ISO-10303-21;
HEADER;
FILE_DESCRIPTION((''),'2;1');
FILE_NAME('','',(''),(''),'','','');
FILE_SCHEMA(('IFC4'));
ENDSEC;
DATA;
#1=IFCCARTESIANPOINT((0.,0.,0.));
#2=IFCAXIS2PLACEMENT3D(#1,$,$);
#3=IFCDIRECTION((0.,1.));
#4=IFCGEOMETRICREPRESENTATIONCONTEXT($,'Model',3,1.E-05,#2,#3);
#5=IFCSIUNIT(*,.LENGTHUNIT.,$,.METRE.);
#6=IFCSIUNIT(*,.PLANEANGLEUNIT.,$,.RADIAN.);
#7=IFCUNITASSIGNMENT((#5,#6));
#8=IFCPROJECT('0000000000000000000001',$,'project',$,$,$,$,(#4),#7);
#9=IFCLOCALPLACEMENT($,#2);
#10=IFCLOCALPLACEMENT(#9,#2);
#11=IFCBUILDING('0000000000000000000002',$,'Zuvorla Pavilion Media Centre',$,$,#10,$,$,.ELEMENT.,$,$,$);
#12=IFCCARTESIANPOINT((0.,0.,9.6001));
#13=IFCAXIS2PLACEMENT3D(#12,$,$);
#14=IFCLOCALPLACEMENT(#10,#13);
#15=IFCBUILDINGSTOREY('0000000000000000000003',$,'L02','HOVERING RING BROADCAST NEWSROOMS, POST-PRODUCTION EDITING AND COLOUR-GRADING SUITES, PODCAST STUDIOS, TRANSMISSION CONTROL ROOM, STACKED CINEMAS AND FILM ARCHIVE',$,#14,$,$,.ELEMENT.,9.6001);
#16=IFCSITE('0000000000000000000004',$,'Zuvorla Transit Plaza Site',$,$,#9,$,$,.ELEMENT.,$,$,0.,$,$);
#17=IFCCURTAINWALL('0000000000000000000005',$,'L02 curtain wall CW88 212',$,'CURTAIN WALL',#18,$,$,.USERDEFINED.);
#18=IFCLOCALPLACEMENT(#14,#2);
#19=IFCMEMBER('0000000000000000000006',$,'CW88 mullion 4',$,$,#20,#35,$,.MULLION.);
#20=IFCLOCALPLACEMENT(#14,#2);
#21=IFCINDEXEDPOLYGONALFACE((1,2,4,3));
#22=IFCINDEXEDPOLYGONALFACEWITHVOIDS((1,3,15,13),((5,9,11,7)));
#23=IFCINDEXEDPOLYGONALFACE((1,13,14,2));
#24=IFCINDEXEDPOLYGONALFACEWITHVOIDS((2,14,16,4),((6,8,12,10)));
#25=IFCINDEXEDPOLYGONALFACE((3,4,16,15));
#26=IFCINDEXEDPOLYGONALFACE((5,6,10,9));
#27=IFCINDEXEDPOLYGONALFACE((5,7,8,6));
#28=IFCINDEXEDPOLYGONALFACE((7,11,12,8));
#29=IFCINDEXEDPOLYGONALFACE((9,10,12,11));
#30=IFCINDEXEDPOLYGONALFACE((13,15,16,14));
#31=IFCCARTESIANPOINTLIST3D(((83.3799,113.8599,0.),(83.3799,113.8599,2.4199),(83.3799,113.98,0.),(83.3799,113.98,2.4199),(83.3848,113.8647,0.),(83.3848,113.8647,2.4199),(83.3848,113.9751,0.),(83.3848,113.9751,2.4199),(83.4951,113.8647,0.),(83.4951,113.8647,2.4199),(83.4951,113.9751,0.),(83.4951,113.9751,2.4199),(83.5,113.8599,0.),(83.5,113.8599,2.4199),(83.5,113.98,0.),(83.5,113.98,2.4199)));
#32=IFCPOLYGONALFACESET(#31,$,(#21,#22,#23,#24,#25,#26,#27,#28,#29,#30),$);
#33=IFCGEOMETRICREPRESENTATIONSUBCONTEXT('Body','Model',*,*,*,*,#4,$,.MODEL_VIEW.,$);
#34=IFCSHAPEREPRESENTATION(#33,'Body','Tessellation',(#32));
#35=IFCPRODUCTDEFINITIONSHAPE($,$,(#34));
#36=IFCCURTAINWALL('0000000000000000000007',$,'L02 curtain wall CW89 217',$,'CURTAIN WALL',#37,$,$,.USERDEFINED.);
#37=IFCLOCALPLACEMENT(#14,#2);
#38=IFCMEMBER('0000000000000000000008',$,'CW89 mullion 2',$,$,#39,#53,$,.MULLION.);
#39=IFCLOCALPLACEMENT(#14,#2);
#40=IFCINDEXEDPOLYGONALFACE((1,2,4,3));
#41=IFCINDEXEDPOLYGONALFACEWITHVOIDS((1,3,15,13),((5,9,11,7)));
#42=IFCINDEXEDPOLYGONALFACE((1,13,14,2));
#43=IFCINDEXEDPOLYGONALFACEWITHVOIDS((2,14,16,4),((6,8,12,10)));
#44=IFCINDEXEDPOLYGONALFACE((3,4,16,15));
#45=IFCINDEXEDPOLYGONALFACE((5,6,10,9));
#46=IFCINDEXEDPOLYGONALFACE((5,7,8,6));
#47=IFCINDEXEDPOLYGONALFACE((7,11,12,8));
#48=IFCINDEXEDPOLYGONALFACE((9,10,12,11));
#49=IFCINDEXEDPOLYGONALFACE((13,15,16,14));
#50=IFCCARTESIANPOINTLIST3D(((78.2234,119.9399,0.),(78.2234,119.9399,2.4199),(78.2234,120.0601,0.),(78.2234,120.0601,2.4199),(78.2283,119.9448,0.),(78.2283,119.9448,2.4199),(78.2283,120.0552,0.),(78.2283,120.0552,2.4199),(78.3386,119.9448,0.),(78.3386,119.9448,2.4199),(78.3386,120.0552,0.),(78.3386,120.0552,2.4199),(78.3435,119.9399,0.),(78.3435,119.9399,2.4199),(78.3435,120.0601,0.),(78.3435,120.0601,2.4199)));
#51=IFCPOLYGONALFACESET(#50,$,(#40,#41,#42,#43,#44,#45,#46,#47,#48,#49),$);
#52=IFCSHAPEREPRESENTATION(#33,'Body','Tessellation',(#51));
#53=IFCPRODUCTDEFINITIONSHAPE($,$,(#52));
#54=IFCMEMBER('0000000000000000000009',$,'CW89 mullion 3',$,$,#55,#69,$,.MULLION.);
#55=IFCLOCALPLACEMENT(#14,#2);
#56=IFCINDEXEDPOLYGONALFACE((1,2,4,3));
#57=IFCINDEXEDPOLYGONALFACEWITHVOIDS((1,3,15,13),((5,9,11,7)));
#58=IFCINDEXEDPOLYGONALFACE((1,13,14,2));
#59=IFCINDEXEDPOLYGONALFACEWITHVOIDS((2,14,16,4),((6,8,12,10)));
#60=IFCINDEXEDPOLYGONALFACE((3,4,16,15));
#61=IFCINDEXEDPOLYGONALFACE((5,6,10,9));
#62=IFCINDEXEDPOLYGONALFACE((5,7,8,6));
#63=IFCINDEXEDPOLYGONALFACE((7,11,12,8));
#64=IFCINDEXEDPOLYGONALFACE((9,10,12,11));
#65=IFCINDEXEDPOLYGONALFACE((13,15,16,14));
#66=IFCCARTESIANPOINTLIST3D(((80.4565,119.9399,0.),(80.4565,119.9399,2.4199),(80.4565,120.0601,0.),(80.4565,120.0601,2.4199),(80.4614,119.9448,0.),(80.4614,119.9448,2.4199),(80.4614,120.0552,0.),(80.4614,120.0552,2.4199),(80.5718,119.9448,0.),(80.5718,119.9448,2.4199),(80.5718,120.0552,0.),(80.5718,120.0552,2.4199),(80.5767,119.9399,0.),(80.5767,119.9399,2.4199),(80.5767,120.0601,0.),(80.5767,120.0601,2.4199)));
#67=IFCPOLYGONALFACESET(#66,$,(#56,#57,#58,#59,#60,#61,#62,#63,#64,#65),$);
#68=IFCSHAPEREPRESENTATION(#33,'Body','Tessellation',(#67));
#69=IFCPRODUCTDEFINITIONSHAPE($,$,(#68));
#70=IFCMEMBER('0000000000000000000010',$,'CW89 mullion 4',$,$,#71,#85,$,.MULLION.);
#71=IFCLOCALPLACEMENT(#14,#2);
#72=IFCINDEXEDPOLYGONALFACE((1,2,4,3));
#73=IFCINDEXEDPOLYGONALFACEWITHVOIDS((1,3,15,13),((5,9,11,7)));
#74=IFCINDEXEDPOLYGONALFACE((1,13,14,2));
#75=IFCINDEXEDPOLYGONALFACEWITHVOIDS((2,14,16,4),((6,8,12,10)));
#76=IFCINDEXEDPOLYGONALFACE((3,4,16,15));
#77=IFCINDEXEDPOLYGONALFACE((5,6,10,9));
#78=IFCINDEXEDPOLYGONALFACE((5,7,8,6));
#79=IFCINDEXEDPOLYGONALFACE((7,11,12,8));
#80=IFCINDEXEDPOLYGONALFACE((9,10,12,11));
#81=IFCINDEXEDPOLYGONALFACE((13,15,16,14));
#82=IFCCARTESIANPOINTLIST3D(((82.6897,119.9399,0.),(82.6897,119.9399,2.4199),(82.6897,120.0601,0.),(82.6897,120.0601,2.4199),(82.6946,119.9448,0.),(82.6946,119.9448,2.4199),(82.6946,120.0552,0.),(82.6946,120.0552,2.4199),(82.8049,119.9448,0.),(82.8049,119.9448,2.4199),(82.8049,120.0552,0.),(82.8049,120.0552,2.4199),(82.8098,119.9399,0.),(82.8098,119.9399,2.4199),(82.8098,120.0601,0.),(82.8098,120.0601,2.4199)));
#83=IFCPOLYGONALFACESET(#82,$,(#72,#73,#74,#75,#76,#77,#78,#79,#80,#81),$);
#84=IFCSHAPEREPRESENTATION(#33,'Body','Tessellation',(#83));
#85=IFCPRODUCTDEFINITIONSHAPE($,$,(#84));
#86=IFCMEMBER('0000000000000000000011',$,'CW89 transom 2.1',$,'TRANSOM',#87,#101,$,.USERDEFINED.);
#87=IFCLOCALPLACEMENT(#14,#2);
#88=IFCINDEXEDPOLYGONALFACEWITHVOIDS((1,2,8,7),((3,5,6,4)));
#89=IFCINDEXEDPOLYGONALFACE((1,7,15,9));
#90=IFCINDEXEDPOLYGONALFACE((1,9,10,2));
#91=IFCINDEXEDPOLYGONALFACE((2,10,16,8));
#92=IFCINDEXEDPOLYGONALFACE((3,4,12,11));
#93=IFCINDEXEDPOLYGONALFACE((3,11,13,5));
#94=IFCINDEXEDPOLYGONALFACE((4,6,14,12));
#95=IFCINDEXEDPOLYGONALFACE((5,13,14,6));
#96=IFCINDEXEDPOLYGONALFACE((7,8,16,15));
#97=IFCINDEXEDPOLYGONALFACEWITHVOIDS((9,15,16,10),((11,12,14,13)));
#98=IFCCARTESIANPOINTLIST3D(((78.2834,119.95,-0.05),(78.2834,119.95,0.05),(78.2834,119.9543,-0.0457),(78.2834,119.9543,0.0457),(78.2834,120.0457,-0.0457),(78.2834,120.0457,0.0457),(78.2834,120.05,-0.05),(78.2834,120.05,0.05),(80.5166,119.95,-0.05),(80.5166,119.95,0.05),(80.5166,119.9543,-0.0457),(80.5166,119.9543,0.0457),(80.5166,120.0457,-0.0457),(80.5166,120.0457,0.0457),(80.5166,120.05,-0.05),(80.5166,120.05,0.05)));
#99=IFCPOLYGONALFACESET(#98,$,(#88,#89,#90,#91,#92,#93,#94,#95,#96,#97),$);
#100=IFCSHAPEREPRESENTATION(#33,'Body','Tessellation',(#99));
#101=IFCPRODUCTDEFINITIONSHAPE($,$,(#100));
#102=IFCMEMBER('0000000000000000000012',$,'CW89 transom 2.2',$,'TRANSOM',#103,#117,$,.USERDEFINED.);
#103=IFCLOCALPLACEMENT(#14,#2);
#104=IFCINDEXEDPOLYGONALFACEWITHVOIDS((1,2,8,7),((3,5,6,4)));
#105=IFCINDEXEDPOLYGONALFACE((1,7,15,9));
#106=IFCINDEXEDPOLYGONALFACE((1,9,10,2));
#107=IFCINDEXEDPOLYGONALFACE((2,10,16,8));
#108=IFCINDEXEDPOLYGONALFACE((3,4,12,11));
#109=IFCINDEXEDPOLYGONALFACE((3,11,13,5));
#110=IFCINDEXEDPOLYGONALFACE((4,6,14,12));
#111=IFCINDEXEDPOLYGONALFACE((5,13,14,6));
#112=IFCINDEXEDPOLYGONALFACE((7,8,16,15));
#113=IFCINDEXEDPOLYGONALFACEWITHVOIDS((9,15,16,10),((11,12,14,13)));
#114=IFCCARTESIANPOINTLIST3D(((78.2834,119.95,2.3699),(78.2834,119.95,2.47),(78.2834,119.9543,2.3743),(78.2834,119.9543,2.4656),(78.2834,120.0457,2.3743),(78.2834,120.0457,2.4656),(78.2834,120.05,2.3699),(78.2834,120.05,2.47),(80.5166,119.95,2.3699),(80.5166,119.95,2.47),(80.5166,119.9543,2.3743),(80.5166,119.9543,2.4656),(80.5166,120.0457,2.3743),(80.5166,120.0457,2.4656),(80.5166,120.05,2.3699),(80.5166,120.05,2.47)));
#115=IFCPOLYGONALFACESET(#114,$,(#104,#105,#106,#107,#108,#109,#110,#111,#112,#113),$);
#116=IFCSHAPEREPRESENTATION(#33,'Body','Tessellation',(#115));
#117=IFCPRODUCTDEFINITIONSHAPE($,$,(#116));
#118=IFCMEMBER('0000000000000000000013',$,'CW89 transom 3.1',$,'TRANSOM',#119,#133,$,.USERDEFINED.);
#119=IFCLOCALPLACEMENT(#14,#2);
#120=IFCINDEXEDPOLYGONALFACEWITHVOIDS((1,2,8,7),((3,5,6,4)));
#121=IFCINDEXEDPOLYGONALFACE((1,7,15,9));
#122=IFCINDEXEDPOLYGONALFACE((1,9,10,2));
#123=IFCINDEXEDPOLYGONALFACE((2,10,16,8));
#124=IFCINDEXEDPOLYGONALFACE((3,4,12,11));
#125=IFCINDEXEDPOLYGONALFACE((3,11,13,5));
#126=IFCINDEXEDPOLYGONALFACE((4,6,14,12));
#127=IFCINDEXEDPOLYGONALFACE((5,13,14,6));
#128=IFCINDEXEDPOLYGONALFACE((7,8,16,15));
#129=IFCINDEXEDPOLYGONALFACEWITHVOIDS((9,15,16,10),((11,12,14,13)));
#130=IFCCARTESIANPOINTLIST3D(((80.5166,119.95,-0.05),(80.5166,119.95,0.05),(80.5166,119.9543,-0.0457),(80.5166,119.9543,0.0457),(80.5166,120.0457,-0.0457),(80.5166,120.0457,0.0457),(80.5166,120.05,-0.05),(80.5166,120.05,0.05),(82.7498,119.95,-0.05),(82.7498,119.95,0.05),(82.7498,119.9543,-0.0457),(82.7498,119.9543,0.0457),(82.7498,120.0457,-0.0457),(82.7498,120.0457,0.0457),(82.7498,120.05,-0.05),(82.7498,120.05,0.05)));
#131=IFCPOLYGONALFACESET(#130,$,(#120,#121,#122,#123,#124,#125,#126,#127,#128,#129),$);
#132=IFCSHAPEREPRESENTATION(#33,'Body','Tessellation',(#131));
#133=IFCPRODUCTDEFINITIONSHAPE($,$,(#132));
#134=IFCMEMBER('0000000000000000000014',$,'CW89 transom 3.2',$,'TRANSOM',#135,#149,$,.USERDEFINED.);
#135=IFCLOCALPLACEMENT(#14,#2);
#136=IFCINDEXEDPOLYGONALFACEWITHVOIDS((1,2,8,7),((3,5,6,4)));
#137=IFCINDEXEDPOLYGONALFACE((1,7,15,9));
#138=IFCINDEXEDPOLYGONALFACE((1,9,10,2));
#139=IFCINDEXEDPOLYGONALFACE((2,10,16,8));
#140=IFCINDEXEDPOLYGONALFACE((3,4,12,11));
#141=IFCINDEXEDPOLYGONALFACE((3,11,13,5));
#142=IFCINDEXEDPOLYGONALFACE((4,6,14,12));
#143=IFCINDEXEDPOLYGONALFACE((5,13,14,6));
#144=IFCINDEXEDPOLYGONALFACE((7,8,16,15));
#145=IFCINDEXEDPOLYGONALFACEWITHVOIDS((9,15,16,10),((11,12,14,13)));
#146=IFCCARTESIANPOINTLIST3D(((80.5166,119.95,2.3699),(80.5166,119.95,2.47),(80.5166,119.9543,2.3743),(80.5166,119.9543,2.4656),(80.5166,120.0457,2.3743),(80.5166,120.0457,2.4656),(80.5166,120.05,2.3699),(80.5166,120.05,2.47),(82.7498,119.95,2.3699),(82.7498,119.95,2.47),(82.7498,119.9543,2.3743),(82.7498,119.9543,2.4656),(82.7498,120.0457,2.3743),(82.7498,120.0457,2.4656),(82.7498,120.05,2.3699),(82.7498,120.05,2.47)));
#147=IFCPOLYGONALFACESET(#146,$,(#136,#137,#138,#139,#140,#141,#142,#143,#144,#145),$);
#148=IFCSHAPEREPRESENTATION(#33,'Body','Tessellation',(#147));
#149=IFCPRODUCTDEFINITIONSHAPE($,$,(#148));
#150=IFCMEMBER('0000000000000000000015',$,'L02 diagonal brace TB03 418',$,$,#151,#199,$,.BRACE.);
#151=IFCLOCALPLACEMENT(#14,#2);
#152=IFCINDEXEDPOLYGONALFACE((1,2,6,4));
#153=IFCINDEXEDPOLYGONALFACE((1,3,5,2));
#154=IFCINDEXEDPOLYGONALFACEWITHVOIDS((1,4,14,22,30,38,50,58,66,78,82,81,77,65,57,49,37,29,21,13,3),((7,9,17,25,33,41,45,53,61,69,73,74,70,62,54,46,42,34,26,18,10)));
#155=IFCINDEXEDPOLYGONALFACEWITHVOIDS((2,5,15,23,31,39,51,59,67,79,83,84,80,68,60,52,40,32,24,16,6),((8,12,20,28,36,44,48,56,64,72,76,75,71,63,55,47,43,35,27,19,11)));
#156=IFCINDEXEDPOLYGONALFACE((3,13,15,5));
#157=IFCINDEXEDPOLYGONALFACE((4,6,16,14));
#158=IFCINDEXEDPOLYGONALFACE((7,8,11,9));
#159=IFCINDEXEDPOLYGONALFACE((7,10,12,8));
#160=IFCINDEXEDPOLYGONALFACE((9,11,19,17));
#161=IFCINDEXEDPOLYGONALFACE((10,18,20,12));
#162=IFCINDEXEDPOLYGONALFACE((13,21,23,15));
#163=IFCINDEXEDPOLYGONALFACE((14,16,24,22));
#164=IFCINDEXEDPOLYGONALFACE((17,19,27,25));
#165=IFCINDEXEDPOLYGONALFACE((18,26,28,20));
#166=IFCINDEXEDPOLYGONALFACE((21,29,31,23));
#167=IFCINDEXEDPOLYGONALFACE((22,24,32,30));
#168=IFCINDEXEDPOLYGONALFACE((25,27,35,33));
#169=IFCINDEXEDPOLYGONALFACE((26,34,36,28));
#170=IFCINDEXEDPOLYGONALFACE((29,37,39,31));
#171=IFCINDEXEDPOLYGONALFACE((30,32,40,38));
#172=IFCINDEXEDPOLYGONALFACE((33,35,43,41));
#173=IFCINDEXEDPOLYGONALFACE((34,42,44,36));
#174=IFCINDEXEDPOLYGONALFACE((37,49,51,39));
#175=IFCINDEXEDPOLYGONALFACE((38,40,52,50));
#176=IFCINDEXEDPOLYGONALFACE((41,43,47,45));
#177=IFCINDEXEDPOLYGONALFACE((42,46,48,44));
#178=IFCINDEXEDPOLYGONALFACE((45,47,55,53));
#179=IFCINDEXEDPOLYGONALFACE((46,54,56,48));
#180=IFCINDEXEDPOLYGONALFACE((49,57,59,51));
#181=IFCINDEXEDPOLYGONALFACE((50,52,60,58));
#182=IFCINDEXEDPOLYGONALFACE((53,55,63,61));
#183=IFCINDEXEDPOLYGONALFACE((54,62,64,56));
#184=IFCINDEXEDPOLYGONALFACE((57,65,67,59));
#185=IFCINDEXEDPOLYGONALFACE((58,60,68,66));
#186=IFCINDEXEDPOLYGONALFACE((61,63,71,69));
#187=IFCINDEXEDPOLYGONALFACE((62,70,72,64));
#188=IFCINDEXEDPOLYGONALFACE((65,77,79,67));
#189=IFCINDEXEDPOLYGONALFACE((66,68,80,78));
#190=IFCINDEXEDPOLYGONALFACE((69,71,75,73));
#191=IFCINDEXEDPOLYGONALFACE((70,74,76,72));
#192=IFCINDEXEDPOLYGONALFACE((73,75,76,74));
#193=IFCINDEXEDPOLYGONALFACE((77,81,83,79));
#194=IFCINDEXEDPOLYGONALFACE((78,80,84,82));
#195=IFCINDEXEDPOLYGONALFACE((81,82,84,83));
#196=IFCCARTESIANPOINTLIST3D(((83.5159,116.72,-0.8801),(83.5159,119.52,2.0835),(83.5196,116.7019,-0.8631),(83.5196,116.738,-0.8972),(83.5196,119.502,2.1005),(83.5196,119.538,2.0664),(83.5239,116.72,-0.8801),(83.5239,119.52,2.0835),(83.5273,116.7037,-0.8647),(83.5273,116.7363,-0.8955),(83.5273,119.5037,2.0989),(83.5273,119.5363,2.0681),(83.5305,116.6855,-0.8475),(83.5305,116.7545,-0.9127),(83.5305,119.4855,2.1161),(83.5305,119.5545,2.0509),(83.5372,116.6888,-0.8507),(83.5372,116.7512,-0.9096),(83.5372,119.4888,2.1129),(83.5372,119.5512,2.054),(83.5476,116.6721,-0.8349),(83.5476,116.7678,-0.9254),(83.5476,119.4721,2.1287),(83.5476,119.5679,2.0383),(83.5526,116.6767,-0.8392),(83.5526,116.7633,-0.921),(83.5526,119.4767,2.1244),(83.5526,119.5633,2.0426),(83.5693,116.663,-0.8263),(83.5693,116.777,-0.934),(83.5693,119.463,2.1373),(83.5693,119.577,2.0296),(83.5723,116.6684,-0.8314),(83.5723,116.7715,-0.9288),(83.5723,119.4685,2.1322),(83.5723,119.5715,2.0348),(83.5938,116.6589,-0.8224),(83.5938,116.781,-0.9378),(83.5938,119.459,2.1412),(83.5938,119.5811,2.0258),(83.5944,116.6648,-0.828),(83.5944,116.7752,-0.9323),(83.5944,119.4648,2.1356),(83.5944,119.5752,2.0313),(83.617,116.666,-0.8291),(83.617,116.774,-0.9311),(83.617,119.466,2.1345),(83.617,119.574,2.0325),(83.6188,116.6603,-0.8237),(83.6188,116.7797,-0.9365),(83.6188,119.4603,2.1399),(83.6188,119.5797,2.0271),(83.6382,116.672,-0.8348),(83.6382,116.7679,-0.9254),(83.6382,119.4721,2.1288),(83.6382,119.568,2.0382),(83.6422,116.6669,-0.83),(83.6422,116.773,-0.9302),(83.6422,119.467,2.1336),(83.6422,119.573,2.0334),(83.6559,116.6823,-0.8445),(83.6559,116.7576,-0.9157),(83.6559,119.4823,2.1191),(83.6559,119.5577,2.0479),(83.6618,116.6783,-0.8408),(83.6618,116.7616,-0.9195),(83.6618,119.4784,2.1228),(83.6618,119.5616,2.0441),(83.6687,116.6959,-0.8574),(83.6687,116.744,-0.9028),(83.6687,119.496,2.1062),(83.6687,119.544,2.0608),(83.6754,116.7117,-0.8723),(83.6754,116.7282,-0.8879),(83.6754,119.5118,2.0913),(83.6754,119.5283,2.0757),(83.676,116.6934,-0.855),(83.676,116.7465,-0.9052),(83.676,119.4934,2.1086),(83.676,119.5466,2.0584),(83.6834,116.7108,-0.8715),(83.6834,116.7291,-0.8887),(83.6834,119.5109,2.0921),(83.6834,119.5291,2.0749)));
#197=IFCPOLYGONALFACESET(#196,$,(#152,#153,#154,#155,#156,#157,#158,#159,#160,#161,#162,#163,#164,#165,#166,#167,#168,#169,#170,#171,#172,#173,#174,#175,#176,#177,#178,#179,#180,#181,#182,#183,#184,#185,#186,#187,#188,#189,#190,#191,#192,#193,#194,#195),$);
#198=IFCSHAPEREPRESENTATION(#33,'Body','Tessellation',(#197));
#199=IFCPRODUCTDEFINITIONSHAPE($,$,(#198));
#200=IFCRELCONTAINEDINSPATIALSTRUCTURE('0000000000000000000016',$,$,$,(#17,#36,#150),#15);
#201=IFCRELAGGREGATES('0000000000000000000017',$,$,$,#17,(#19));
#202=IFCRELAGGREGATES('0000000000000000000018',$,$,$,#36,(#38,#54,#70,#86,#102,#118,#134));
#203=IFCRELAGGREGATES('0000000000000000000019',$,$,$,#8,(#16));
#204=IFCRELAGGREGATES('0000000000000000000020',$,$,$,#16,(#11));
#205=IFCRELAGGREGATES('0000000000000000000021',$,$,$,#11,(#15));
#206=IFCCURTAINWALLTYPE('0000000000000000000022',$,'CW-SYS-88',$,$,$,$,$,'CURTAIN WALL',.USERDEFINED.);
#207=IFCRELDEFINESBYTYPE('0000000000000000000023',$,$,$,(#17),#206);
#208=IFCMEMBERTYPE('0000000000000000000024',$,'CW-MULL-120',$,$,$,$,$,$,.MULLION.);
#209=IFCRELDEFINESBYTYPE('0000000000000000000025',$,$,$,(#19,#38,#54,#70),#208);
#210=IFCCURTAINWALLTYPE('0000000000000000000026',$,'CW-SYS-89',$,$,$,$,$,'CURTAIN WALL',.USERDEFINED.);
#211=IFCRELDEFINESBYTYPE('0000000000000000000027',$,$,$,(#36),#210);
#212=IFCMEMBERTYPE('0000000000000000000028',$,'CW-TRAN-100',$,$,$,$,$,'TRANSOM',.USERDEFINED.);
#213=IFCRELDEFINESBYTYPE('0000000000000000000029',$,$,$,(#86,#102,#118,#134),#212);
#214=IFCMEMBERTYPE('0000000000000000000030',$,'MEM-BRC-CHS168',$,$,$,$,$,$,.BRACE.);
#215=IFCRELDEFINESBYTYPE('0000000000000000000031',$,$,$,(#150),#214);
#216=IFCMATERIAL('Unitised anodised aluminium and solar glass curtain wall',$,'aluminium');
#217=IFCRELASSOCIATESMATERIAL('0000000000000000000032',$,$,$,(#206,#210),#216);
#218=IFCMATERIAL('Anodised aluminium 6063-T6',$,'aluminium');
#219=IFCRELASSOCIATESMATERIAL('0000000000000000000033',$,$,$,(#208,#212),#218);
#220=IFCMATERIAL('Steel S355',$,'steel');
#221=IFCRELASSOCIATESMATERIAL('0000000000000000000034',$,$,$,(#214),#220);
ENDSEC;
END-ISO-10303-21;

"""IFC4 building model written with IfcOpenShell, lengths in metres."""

from ifc_helpers import new_model, si_unit, direction, frame, origin, origin_2d, place, context, subcontext, project, spatial, hollow_rectangle, hollow_circle, extrude, material, material_profile, profile_set, type_object, element, aggregate, save


model = new_model("IFC4")

# Units and contexts
model_context = context("Model", 3, precision=1e-05, world=origin(), true_north=direction((0.0, 1.0)))
body_context = subcontext(model_context, "Body", "Model", "MODEL_VIEW")
ifc_project = project(units=[si_unit("LENGTHUNIT", "METRE"), si_unit("PLANEANGLEUNIT", "RADIAN")], contexts=[model_context])

# Site, building, storey
site_placement = place(None, origin())
site = spatial("IfcSite", under=ifc_project, at=site_placement, Name="Zuvorla Transit Plaza Site", CompositionType="ELEMENT", RefElevation=0.0)
building_placement = place(site_placement, origin())
building = spatial("IfcBuilding", under=site, at=building_placement, Name="Zuvorla Pavilion Media Centre", CompositionType="ELEMENT")
storey_placement = place(building_placement, frame((0.0, 0.0, 9.6001)))
storey = spatial("IfcBuildingStorey", under=building, at=storey_placement, Name="L02", Description="HOVERING RING BROADCAST NEWSROOMS, POST-PRODUCTION EDITING AND COLOUR-GRADING SUITES, PODCAST STUDIOS, TRANSMISSION CONTROL ROOM, STACKED CINEMAS AND FILM ARCHIVE", CompositionType="ELEMENT", Elevation=9.6001)

# Curtain wall, member
ifc_material_1 = material(Name="Unitised anodised aluminium and solar glass curtain wall", Category="aluminium")
curtain_wall_type_1 = type_object("IfcCurtainWallType", Name="CW-SYS-88", ElementType="CURTAIN WALL", PredefinedType="USERDEFINED", material=ifc_material_1)
curtain_wall_1_placement = place(storey_placement, origin())
curtain_wall_1 = element("IfcCurtainWall", 1, at=curtain_wall_1_placement, inside=storey, type_object=curtain_wall_type_1, Name="L02 curtain wall CW88 212", ObjectType="CURTAIN WALL", PredefinedType="USERDEFINED")
ifc_material_2 = material(Name="Anodised aluminium 6063-T6", Category="aluminium")
ifc_material_profile_1 = material_profile(ifc_material_2, hollow_rectangle(XDim=0.1201, YDim=0.1201, WallThickness=0.0049, at=origin_2d()), Name="ALU MULL 120x120")
ifc_profile_set_1 = profile_set([ifc_material_profile_1], Name="Anodised aluminium 6063-T6")
member_type_1 = type_object("IfcMemberType", Name="CW-MULL-120", PredefinedType="MULLION", material=ifc_profile_set_1)
member_1_placement = place(storey_placement, frame((83.4399, 113.9199, 0.0), z_axis=(0.0, 0.0, 1.0), x_axis=(1.0, 0.0, 0.0)))
member_1 = element("IfcMember", 2, at=member_1_placement, type_object=member_type_1, Name="CW88 mullion 4", PredefinedType="MULLION", context=body_context, shape_type="SweptSolid", body=[
    extrude(hollow_rectangle(XDim=0.1201, YDim=0.1201, WallThickness=0.0049, at=origin_2d()), origin(), (0.0, 0.0, 1.0), 2.4199),
])

# Curtain wall, members
curtain_wall_type_2 = type_object("IfcCurtainWallType", Name="CW-SYS-89", ElementType="CURTAIN WALL", PredefinedType="USERDEFINED", material=ifc_material_1)
curtain_wall_2_placement = place(storey_placement, origin())
curtain_wall_2 = element("IfcCurtainWall", 3, at=curtain_wall_2_placement, inside=storey, type_object=curtain_wall_type_2, Name="L02 curtain wall CW89 217", ObjectType="CURTAIN WALL", PredefinedType="USERDEFINED")
member_2_placement = place(storey_placement, frame((78.2834, 120.0, 0.0), z_axis=(0.0, 0.0, 1.0), x_axis=(1.0, 0.0, 0.0)))
member_2 = element("IfcMember", 4, at=member_2_placement, type_object=member_type_1, Name="CW89 mullion 2", PredefinedType="MULLION", context=body_context, shape_type="SweptSolid", body=[
    extrude(hollow_rectangle(XDim=0.1201, YDim=0.1201, WallThickness=0.0049, at=origin_2d()), origin(), (0.0, 0.0, 1.0), 2.4199),
])
member_3_placement = place(storey_placement, frame((80.5166, 120.0, 0.0), z_axis=(0.0, 0.0, 1.0), x_axis=(1.0, 0.0, 0.0)))
member_3 = element("IfcMember", 5, at=member_3_placement, type_object=member_type_1, Name="CW89 mullion 3", PredefinedType="MULLION", context=body_context, shape_type="SweptSolid", body=[
    extrude(hollow_rectangle(XDim=0.1201, YDim=0.1201, WallThickness=0.0049, at=origin_2d()), origin(), (0.0, 0.0, 1.0), 2.4199),
])
member_4_placement = place(storey_placement, frame((82.7498, 120.0, 0.0), z_axis=(0.0, 0.0, 1.0), x_axis=(1.0, 0.0, 0.0)))
member_4 = element("IfcMember", 6, at=member_4_placement, type_object=member_type_1, Name="CW89 mullion 4", PredefinedType="MULLION", context=body_context, shape_type="SweptSolid", body=[
    extrude(hollow_rectangle(XDim=0.1201, YDim=0.1201, WallThickness=0.0049, at=origin_2d()), origin(), (0.0, 0.0, 1.0), 2.4199),
])
ifc_material_profile_2 = material_profile(ifc_material_2, hollow_rectangle(XDim=0.1001, YDim=0.1001, WallThickness=0.0044, at=origin_2d()), Name="ALU TRAN 100x100")
ifc_profile_set_2 = profile_set([ifc_material_profile_2], Name="Anodised aluminium 6063-T6")
member_type_2 = type_object("IfcMemberType", Name="CW-TRAN-100", ElementType="TRANSOM", PredefinedType="USERDEFINED", material=ifc_profile_set_2)
member_5_placement = place(storey_placement, frame((78.2834, 120.0, 0.0), z_axis=(1.0, 0.0, 0.0), x_axis=(0.0, 1.0, 0.0)))
member_5 = element("IfcMember", 7, at=member_5_placement, type_object=member_type_2, Name="CW89 transom 2.1", ObjectType="TRANSOM", PredefinedType="USERDEFINED", context=body_context, shape_type="SweptSolid", body=[
    extrude(hollow_rectangle(XDim=0.1001, YDim=0.1001, WallThickness=0.0044, at=origin_2d()), origin(), (0.0, 0.0, 1.0), 2.2332),
])
member_6_placement = place(storey_placement, frame((78.2834, 120.0, 2.4199), z_axis=(1.0, 0.0, 0.0), x_axis=(0.0, 1.0, 0.0)))
member_6 = element("IfcMember", 8, at=member_6_placement, type_object=member_type_2, Name="CW89 transom 2.2", ObjectType="TRANSOM", PredefinedType="USERDEFINED", context=body_context, shape_type="SweptSolid", body=[
    extrude(hollow_rectangle(XDim=0.1001, YDim=0.1001, WallThickness=0.0044, at=origin_2d()), origin(), (0.0, 0.0, 1.0), 2.2332),
])
member_7_placement = place(storey_placement, frame((80.5166, 120.0, 0.0), z_axis=(1.0, 0.0, 0.0), x_axis=(0.0, 1.0, 0.0)))
member_7 = element("IfcMember", 9, at=member_7_placement, type_object=member_type_2, Name="CW89 transom 3.1", ObjectType="TRANSOM", PredefinedType="USERDEFINED", context=body_context, shape_type="SweptSolid", body=[
    extrude(hollow_rectangle(XDim=0.1001, YDim=0.1001, WallThickness=0.0044, at=origin_2d()), origin(), (0.0, 0.0, 1.0), 2.2332),
])
member_8_placement = place(storey_placement, frame((80.5166, 120.0, 2.4199), z_axis=(1.0, 0.0, 0.0), x_axis=(0.0, 1.0, 0.0)))
member_8 = element("IfcMember", 10, at=member_8_placement, type_object=member_type_2, Name="CW89 transom 3.2", ObjectType="TRANSOM", PredefinedType="USERDEFINED", context=body_context, shape_type="SweptSolid", body=[
    extrude(hollow_rectangle(XDim=0.1001, YDim=0.1001, WallThickness=0.0044, at=origin_2d()), origin(), (0.0, 0.0, 1.0), 2.2332),
])

# Member
ifc_material_3 = material(Name="Steel S355", Category="steel")
ifc_material_profile_3 = material_profile(ifc_material_3, hollow_circle(Radius=0.0842, WallThickness=0.0081, at=origin_2d()), Name="CHS 168.3x8")
ifc_profile_set_3 = profile_set([ifc_material_profile_3], Name="Steel S355")
member_type_3 = type_object("IfcMemberType", Name="MEM-BRC-CHS168", PredefinedType="BRACE", material=ifc_profile_set_3)
member_9_placement = place(storey_placement, frame((83.6001, 116.72, -0.8801), z_axis=(0.0, 0.686762, 0.726882), x_axis=(-1.0, 0.0, 0.0)))
element("IfcMember", 11, at=member_9_placement, inside=storey, type_object=member_type_3, Name="L02 diagonal brace TB03 418", PredefinedType="BRACE", context=body_context, shape_type="SweptSolid", body=[
    extrude(hollow_circle(Radius=0.0842, WallThickness=0.0081, at=origin_2d()), origin(), (0.0, 0.0, 1.0), 4.0771),
])

aggregate(curtain_wall_1, [member_1])
aggregate(curtain_wall_2, [member_2, member_3, member_4, member_5, member_6, member_7, member_8])

save(model, "model.ifc")
